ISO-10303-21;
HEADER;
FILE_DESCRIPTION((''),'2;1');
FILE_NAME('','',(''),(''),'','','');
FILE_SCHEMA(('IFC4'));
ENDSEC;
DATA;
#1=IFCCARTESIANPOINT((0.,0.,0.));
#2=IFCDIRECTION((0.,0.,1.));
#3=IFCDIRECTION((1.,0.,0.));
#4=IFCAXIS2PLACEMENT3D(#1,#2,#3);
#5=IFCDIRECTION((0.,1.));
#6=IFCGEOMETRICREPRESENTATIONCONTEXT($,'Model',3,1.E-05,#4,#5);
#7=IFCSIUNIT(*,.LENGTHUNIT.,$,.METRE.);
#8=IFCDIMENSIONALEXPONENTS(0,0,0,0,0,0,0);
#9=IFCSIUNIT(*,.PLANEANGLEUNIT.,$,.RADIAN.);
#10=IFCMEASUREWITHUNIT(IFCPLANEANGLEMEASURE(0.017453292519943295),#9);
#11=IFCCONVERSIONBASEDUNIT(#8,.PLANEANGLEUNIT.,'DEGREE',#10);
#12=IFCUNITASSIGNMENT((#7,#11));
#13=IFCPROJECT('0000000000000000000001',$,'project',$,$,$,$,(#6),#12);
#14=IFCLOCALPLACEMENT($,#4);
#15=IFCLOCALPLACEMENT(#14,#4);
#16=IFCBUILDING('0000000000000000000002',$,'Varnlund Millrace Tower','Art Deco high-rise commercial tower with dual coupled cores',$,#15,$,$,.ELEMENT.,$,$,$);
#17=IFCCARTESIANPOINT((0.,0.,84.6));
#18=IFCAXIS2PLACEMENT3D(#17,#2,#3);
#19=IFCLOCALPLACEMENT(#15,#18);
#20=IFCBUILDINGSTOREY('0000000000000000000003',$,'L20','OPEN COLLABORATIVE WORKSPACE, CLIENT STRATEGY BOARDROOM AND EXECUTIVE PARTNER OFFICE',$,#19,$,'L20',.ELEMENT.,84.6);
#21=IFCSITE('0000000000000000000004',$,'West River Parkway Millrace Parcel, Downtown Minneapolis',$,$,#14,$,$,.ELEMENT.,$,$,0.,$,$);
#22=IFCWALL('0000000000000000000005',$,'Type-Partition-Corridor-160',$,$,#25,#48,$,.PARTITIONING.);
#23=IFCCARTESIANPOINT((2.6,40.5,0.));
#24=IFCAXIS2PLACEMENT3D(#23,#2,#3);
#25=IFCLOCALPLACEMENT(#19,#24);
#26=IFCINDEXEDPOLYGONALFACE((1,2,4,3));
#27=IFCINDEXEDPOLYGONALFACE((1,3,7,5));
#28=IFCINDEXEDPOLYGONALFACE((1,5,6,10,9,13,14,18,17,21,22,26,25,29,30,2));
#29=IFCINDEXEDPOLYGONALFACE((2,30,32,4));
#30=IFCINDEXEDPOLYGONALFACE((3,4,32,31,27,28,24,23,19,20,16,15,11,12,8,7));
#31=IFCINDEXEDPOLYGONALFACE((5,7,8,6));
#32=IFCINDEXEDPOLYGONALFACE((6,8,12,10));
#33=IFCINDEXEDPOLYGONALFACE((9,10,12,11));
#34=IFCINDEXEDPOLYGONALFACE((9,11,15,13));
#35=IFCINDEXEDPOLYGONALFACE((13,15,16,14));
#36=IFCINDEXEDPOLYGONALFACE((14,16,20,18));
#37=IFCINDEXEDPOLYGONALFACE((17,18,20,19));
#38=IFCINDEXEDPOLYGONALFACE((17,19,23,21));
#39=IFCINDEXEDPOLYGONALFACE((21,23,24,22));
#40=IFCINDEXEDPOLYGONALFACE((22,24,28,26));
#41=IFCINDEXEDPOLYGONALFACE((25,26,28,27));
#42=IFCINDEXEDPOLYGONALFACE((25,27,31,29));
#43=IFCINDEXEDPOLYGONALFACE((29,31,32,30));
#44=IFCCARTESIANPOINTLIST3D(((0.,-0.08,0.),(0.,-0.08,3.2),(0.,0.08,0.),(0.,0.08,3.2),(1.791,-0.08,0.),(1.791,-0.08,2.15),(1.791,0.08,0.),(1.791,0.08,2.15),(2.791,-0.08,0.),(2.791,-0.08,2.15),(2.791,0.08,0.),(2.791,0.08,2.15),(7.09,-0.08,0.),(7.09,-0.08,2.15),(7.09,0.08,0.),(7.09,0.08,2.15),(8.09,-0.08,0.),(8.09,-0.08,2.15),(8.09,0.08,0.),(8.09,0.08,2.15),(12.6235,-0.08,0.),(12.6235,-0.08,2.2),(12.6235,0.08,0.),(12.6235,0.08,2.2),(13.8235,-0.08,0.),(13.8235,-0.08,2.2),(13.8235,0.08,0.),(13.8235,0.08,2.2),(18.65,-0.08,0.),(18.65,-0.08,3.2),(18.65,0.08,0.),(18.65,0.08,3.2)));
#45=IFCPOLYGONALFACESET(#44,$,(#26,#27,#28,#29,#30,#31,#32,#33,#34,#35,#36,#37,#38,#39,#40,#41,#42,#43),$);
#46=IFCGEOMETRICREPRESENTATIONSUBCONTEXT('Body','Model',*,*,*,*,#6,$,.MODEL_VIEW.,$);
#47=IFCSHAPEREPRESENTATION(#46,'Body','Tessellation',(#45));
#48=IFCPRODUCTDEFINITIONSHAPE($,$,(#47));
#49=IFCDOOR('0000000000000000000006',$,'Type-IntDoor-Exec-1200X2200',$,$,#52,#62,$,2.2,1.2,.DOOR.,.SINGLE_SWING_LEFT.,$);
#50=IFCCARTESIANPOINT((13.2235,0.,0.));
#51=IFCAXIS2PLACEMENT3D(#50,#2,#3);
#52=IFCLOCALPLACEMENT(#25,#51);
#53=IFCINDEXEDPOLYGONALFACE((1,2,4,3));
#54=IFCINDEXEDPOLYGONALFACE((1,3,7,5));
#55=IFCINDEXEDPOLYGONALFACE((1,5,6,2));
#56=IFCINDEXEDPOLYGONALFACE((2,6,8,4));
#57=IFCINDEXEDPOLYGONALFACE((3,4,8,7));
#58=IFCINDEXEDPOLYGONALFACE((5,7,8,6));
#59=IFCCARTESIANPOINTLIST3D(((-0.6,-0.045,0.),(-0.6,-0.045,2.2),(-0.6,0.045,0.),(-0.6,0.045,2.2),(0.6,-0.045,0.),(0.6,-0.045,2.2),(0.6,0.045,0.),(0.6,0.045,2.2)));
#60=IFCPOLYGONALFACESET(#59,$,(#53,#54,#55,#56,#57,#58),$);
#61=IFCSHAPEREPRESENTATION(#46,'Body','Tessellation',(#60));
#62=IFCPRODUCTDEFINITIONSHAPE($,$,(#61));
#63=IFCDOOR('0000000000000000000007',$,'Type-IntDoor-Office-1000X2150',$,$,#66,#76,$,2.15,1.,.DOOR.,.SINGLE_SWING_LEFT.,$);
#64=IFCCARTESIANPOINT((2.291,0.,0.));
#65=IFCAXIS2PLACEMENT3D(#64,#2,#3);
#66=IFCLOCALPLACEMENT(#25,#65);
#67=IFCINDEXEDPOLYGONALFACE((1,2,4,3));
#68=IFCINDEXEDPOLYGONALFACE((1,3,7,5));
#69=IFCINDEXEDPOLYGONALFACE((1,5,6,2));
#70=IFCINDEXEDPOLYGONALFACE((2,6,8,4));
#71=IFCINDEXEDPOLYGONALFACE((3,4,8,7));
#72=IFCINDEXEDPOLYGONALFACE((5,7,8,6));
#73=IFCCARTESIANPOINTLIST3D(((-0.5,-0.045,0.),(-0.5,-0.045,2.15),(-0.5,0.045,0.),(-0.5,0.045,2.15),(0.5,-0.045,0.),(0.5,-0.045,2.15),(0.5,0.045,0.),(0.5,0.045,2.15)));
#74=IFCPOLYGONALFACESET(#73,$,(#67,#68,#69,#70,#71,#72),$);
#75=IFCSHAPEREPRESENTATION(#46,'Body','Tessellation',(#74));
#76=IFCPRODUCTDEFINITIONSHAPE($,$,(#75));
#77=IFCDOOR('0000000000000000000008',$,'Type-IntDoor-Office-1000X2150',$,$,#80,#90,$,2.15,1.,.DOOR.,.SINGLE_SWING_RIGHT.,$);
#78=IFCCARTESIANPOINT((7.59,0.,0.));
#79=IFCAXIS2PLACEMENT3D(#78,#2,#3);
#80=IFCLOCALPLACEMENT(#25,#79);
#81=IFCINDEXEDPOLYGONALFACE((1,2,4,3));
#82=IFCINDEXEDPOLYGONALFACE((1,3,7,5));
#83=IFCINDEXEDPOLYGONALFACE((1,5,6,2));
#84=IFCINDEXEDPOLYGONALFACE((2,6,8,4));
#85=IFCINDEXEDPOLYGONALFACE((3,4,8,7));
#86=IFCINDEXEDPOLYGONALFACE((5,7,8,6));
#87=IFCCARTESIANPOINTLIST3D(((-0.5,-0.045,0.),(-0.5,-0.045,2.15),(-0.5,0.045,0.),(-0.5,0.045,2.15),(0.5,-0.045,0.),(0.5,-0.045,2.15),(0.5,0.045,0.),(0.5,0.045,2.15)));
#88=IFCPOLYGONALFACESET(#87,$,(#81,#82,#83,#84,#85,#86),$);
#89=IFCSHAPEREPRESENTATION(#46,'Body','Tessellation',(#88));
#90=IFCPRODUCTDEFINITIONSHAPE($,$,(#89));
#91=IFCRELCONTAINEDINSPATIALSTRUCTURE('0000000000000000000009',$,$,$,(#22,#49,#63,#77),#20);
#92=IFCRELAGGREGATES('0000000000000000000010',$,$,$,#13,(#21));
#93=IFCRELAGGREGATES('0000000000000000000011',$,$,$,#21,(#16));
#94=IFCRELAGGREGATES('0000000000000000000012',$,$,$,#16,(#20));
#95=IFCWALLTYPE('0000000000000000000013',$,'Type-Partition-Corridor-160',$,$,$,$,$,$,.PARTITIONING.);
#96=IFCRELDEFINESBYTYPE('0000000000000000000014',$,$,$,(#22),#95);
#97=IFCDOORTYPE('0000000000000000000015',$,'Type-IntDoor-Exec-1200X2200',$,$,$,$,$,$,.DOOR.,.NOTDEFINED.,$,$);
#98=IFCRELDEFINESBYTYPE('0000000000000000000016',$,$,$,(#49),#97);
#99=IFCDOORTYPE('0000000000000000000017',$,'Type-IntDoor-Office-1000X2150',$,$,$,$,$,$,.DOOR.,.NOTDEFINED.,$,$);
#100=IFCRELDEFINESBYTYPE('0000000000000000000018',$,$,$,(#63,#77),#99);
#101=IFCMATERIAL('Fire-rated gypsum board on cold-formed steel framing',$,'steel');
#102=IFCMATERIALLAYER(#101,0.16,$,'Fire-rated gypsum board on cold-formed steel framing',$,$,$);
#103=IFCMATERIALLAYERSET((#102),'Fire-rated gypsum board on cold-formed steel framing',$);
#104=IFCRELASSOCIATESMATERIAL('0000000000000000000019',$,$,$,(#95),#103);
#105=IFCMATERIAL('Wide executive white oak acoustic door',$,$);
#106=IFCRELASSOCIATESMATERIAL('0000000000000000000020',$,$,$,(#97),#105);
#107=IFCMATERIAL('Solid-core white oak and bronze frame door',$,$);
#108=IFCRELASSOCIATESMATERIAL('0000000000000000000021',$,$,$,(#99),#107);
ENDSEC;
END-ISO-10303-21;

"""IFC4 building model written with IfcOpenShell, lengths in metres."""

from ifc_helpers import new_model, entity, si_unit, converted_unit, direction, frame, origin_with_axes, origin_2d_with_axis, place, context, subcontext, project, spatial, polyline, rectangle, outline, extrude, material, layer, layer_set, type_object, element, fill, save


model = new_model("IFC4")

# Units and contexts
model_context = context("Model", 3, precision=1e-05, world=origin_with_axes(), true_north=direction((0.0, 1.0)))
body_context = subcontext(model_context, "Body", "Model", "MODEL_VIEW")
ifc_project = project(units=[si_unit("LENGTHUNIT", "METRE"), converted_unit("PLANEANGLEUNIT", "DEGREE", entity("IfcPlaneAngleMeasure", 0.017453292519943295), si_unit("PLANEANGLEUNIT", "RADIAN"), dimensions=[0, 0, 0, 0, 0, 0, 0])], contexts=[model_context])

# Site, building, storey
site_placement = place(None, origin_with_axes())
site = spatial("IfcSite", under=ifc_project, at=site_placement, Name="West River Parkway Millrace Parcel, Downtown Minneapolis", CompositionType="ELEMENT", RefElevation=0.0)
building_placement = place(site_placement, origin_with_axes())
building = spatial("IfcBuilding", under=site, at=building_placement, Name="Varnlund Millrace Tower", Description="Art Deco high-rise commercial tower with dual coupled cores", CompositionType="ELEMENT")
storey_placement = place(building_placement, frame((0.0, 0.0, 84.6), z_axis=(0.0, 0.0, 1.0), x_axis=(1.0, 0.0, 0.0)))
storey = spatial("IfcBuildingStorey", under=building, at=storey_placement, Name="L20", Description="OPEN COLLABORATIVE WORKSPACE, CLIENT STRATEGY BOARDROOM AND EXECUTIVE PARTNER OFFICE", LongName="L20", CompositionType="ELEMENT", Elevation=84.6)

# Shared definitions
ifc_material_1 = material(Name="Fire-rated gypsum board on cold-formed steel framing", Category="steel")
ifc_layer_1 = layer(ifc_material_1, 0.16, Name="Fire-rated gypsum board on cold-formed steel framing")
ifc_layer_set_1 = layer_set([ifc_layer_1], Name="Fire-rated gypsum board on cold-formed steel framing")
wall_type_1 = type_object("IfcWallType", Name="Type-Partition-Corridor-160", PredefinedType="PARTITIONING", material=ifc_layer_set_1)

# Wall, openings, doors
wall_1_placement = place(storey_placement, frame((2.6, 40.5, 0.0), z_axis=(0.0, 0.0, 1.0), x_axis=(1.0, 0.0, 0.0)))
wall_1 = element("IfcWall", 1, at=wall_1_placement, inside=storey, type_object=wall_type_1, Name="Type-Partition-Corridor-160", PredefinedType="PARTITIONING", context=body_context, shape_type="SweptSolid", body=[
    extrude(outline(polyline([(0.0, -0.08), (18.65, -0.08), (18.65, 0.08), (0.0, 0.08), (0.0, -0.08)])), origin_with_axes(), (0.0, 0.0, 1.0), 3.2),
])
opening_1_placement = place(wall_1_placement, frame((2.291, 0.0, 0.0), z_axis=(0.0, 0.0, 1.0), x_axis=(1.0, 0.0, 0.0)))
opening_1 = element("IfcOpeningElement", 2, at=opening_1_placement, cuts=wall_1, PredefinedType="OPENING", context=body_context, shape_type="SweptSolid", body=[
    extrude(rectangle(XDim=1.0, YDim=0.18, at=origin_2d_with_axis()), origin_with_axes(), (0.0, 0.0, 1.0), 2.15),
])
opening_2_placement = place(wall_1_placement, frame((7.59, 0.0, 0.0), z_axis=(0.0, 0.0, 1.0), x_axis=(1.0, 0.0, 0.0)))
opening_2 = element("IfcOpeningElement", 3, at=opening_2_placement, cuts=wall_1, PredefinedType="OPENING", context=body_context, shape_type="SweptSolid", body=[
    extrude(rectangle(XDim=1.0, YDim=0.18, at=origin_2d_with_axis()), origin_with_axes(), (0.0, 0.0, 1.0), 2.15),
])
opening_3_placement = place(wall_1_placement, frame((13.2235, 0.0, 0.0), z_axis=(0.0, 0.0, 1.0), x_axis=(1.0, 0.0, 0.0)))
opening_3 = element("IfcOpeningElement", 4, at=opening_3_placement, cuts=wall_1, PredefinedType="OPENING", context=body_context, shape_type="SweptSolid", body=[
    extrude(rectangle(XDim=1.2, YDim=0.18, at=origin_2d_with_axis()), origin_with_axes(), (0.0, 0.0, 1.0), 2.2),
])
ifc_material_2 = material(Name="Wide executive white oak acoustic door")
door_type_1 = type_object("IfcDoorType", Name="Type-IntDoor-Exec-1200X2200", OperationType="NOTDEFINED", PredefinedType="DOOR", material=ifc_material_2)
door_1_placement = place(wall_1_placement, frame((13.2235, 0.0, 0.0), z_axis=(0.0, 0.0, 1.0), x_axis=(1.0, 0.0, 0.0)))
door_1 = element("IfcDoor", 5, at=door_1_placement, inside=storey, type_object=door_type_1, Name="Type-IntDoor-Exec-1200X2200", OperationType="SINGLE_SWING_LEFT", OverallHeight=2.2, OverallWidth=1.2, PredefinedType="DOOR", context=body_context, shape_type="SweptSolid", body=[
    extrude(rectangle(XDim=1.2, YDim=0.09, at=origin_2d_with_axis()), origin_with_axes(), (0.0, 0.0, 1.0), 2.2),
])
fill(opening_3, door_1)
ifc_material_3 = material(Name="Solid-core white oak and bronze frame door")
door_type_2 = type_object("IfcDoorType", Name="Type-IntDoor-Office-1000X2150", OperationType="NOTDEFINED", PredefinedType="DOOR", material=ifc_material_3)
door_2_placement = place(wall_1_placement, frame((2.291, 0.0, 0.0), z_axis=(0.0, 0.0, 1.0), x_axis=(1.0, 0.0, 0.0)))
door_2 = element("IfcDoor", 6, at=door_2_placement, inside=storey, type_object=door_type_2, Name="Type-IntDoor-Office-1000X2150", OperationType="SINGLE_SWING_LEFT", OverallHeight=2.15, OverallWidth=1.0, PredefinedType="DOOR", context=body_context, shape_type="SweptSolid", body=[
    extrude(rectangle(XDim=1.0, YDim=0.09, at=origin_2d_with_axis()), origin_with_axes(), (0.0, 0.0, 1.0), 2.15),
])
fill(opening_1, door_2)
door_3_placement = place(wall_1_placement, frame((7.59, 0.0, 0.0), z_axis=(0.0, 0.0, 1.0), x_axis=(1.0, 0.0, 0.0)))
door_3 = element("IfcDoor", 7, at=door_3_placement, inside=storey, type_object=door_type_2, Name="Type-IntDoor-Office-1000X2150", OperationType="SINGLE_SWING_RIGHT", OverallHeight=2.15, OverallWidth=1.0, PredefinedType="DOOR", context=body_context, shape_type="SweptSolid", body=[
    extrude(rectangle(XDim=1.0, YDim=0.09, at=origin_2d_with_axis()), origin_with_axes(), (0.0, 0.0, 1.0), 2.15),
])
fill(opening_2, door_3)

save(model, "model.ifc")
